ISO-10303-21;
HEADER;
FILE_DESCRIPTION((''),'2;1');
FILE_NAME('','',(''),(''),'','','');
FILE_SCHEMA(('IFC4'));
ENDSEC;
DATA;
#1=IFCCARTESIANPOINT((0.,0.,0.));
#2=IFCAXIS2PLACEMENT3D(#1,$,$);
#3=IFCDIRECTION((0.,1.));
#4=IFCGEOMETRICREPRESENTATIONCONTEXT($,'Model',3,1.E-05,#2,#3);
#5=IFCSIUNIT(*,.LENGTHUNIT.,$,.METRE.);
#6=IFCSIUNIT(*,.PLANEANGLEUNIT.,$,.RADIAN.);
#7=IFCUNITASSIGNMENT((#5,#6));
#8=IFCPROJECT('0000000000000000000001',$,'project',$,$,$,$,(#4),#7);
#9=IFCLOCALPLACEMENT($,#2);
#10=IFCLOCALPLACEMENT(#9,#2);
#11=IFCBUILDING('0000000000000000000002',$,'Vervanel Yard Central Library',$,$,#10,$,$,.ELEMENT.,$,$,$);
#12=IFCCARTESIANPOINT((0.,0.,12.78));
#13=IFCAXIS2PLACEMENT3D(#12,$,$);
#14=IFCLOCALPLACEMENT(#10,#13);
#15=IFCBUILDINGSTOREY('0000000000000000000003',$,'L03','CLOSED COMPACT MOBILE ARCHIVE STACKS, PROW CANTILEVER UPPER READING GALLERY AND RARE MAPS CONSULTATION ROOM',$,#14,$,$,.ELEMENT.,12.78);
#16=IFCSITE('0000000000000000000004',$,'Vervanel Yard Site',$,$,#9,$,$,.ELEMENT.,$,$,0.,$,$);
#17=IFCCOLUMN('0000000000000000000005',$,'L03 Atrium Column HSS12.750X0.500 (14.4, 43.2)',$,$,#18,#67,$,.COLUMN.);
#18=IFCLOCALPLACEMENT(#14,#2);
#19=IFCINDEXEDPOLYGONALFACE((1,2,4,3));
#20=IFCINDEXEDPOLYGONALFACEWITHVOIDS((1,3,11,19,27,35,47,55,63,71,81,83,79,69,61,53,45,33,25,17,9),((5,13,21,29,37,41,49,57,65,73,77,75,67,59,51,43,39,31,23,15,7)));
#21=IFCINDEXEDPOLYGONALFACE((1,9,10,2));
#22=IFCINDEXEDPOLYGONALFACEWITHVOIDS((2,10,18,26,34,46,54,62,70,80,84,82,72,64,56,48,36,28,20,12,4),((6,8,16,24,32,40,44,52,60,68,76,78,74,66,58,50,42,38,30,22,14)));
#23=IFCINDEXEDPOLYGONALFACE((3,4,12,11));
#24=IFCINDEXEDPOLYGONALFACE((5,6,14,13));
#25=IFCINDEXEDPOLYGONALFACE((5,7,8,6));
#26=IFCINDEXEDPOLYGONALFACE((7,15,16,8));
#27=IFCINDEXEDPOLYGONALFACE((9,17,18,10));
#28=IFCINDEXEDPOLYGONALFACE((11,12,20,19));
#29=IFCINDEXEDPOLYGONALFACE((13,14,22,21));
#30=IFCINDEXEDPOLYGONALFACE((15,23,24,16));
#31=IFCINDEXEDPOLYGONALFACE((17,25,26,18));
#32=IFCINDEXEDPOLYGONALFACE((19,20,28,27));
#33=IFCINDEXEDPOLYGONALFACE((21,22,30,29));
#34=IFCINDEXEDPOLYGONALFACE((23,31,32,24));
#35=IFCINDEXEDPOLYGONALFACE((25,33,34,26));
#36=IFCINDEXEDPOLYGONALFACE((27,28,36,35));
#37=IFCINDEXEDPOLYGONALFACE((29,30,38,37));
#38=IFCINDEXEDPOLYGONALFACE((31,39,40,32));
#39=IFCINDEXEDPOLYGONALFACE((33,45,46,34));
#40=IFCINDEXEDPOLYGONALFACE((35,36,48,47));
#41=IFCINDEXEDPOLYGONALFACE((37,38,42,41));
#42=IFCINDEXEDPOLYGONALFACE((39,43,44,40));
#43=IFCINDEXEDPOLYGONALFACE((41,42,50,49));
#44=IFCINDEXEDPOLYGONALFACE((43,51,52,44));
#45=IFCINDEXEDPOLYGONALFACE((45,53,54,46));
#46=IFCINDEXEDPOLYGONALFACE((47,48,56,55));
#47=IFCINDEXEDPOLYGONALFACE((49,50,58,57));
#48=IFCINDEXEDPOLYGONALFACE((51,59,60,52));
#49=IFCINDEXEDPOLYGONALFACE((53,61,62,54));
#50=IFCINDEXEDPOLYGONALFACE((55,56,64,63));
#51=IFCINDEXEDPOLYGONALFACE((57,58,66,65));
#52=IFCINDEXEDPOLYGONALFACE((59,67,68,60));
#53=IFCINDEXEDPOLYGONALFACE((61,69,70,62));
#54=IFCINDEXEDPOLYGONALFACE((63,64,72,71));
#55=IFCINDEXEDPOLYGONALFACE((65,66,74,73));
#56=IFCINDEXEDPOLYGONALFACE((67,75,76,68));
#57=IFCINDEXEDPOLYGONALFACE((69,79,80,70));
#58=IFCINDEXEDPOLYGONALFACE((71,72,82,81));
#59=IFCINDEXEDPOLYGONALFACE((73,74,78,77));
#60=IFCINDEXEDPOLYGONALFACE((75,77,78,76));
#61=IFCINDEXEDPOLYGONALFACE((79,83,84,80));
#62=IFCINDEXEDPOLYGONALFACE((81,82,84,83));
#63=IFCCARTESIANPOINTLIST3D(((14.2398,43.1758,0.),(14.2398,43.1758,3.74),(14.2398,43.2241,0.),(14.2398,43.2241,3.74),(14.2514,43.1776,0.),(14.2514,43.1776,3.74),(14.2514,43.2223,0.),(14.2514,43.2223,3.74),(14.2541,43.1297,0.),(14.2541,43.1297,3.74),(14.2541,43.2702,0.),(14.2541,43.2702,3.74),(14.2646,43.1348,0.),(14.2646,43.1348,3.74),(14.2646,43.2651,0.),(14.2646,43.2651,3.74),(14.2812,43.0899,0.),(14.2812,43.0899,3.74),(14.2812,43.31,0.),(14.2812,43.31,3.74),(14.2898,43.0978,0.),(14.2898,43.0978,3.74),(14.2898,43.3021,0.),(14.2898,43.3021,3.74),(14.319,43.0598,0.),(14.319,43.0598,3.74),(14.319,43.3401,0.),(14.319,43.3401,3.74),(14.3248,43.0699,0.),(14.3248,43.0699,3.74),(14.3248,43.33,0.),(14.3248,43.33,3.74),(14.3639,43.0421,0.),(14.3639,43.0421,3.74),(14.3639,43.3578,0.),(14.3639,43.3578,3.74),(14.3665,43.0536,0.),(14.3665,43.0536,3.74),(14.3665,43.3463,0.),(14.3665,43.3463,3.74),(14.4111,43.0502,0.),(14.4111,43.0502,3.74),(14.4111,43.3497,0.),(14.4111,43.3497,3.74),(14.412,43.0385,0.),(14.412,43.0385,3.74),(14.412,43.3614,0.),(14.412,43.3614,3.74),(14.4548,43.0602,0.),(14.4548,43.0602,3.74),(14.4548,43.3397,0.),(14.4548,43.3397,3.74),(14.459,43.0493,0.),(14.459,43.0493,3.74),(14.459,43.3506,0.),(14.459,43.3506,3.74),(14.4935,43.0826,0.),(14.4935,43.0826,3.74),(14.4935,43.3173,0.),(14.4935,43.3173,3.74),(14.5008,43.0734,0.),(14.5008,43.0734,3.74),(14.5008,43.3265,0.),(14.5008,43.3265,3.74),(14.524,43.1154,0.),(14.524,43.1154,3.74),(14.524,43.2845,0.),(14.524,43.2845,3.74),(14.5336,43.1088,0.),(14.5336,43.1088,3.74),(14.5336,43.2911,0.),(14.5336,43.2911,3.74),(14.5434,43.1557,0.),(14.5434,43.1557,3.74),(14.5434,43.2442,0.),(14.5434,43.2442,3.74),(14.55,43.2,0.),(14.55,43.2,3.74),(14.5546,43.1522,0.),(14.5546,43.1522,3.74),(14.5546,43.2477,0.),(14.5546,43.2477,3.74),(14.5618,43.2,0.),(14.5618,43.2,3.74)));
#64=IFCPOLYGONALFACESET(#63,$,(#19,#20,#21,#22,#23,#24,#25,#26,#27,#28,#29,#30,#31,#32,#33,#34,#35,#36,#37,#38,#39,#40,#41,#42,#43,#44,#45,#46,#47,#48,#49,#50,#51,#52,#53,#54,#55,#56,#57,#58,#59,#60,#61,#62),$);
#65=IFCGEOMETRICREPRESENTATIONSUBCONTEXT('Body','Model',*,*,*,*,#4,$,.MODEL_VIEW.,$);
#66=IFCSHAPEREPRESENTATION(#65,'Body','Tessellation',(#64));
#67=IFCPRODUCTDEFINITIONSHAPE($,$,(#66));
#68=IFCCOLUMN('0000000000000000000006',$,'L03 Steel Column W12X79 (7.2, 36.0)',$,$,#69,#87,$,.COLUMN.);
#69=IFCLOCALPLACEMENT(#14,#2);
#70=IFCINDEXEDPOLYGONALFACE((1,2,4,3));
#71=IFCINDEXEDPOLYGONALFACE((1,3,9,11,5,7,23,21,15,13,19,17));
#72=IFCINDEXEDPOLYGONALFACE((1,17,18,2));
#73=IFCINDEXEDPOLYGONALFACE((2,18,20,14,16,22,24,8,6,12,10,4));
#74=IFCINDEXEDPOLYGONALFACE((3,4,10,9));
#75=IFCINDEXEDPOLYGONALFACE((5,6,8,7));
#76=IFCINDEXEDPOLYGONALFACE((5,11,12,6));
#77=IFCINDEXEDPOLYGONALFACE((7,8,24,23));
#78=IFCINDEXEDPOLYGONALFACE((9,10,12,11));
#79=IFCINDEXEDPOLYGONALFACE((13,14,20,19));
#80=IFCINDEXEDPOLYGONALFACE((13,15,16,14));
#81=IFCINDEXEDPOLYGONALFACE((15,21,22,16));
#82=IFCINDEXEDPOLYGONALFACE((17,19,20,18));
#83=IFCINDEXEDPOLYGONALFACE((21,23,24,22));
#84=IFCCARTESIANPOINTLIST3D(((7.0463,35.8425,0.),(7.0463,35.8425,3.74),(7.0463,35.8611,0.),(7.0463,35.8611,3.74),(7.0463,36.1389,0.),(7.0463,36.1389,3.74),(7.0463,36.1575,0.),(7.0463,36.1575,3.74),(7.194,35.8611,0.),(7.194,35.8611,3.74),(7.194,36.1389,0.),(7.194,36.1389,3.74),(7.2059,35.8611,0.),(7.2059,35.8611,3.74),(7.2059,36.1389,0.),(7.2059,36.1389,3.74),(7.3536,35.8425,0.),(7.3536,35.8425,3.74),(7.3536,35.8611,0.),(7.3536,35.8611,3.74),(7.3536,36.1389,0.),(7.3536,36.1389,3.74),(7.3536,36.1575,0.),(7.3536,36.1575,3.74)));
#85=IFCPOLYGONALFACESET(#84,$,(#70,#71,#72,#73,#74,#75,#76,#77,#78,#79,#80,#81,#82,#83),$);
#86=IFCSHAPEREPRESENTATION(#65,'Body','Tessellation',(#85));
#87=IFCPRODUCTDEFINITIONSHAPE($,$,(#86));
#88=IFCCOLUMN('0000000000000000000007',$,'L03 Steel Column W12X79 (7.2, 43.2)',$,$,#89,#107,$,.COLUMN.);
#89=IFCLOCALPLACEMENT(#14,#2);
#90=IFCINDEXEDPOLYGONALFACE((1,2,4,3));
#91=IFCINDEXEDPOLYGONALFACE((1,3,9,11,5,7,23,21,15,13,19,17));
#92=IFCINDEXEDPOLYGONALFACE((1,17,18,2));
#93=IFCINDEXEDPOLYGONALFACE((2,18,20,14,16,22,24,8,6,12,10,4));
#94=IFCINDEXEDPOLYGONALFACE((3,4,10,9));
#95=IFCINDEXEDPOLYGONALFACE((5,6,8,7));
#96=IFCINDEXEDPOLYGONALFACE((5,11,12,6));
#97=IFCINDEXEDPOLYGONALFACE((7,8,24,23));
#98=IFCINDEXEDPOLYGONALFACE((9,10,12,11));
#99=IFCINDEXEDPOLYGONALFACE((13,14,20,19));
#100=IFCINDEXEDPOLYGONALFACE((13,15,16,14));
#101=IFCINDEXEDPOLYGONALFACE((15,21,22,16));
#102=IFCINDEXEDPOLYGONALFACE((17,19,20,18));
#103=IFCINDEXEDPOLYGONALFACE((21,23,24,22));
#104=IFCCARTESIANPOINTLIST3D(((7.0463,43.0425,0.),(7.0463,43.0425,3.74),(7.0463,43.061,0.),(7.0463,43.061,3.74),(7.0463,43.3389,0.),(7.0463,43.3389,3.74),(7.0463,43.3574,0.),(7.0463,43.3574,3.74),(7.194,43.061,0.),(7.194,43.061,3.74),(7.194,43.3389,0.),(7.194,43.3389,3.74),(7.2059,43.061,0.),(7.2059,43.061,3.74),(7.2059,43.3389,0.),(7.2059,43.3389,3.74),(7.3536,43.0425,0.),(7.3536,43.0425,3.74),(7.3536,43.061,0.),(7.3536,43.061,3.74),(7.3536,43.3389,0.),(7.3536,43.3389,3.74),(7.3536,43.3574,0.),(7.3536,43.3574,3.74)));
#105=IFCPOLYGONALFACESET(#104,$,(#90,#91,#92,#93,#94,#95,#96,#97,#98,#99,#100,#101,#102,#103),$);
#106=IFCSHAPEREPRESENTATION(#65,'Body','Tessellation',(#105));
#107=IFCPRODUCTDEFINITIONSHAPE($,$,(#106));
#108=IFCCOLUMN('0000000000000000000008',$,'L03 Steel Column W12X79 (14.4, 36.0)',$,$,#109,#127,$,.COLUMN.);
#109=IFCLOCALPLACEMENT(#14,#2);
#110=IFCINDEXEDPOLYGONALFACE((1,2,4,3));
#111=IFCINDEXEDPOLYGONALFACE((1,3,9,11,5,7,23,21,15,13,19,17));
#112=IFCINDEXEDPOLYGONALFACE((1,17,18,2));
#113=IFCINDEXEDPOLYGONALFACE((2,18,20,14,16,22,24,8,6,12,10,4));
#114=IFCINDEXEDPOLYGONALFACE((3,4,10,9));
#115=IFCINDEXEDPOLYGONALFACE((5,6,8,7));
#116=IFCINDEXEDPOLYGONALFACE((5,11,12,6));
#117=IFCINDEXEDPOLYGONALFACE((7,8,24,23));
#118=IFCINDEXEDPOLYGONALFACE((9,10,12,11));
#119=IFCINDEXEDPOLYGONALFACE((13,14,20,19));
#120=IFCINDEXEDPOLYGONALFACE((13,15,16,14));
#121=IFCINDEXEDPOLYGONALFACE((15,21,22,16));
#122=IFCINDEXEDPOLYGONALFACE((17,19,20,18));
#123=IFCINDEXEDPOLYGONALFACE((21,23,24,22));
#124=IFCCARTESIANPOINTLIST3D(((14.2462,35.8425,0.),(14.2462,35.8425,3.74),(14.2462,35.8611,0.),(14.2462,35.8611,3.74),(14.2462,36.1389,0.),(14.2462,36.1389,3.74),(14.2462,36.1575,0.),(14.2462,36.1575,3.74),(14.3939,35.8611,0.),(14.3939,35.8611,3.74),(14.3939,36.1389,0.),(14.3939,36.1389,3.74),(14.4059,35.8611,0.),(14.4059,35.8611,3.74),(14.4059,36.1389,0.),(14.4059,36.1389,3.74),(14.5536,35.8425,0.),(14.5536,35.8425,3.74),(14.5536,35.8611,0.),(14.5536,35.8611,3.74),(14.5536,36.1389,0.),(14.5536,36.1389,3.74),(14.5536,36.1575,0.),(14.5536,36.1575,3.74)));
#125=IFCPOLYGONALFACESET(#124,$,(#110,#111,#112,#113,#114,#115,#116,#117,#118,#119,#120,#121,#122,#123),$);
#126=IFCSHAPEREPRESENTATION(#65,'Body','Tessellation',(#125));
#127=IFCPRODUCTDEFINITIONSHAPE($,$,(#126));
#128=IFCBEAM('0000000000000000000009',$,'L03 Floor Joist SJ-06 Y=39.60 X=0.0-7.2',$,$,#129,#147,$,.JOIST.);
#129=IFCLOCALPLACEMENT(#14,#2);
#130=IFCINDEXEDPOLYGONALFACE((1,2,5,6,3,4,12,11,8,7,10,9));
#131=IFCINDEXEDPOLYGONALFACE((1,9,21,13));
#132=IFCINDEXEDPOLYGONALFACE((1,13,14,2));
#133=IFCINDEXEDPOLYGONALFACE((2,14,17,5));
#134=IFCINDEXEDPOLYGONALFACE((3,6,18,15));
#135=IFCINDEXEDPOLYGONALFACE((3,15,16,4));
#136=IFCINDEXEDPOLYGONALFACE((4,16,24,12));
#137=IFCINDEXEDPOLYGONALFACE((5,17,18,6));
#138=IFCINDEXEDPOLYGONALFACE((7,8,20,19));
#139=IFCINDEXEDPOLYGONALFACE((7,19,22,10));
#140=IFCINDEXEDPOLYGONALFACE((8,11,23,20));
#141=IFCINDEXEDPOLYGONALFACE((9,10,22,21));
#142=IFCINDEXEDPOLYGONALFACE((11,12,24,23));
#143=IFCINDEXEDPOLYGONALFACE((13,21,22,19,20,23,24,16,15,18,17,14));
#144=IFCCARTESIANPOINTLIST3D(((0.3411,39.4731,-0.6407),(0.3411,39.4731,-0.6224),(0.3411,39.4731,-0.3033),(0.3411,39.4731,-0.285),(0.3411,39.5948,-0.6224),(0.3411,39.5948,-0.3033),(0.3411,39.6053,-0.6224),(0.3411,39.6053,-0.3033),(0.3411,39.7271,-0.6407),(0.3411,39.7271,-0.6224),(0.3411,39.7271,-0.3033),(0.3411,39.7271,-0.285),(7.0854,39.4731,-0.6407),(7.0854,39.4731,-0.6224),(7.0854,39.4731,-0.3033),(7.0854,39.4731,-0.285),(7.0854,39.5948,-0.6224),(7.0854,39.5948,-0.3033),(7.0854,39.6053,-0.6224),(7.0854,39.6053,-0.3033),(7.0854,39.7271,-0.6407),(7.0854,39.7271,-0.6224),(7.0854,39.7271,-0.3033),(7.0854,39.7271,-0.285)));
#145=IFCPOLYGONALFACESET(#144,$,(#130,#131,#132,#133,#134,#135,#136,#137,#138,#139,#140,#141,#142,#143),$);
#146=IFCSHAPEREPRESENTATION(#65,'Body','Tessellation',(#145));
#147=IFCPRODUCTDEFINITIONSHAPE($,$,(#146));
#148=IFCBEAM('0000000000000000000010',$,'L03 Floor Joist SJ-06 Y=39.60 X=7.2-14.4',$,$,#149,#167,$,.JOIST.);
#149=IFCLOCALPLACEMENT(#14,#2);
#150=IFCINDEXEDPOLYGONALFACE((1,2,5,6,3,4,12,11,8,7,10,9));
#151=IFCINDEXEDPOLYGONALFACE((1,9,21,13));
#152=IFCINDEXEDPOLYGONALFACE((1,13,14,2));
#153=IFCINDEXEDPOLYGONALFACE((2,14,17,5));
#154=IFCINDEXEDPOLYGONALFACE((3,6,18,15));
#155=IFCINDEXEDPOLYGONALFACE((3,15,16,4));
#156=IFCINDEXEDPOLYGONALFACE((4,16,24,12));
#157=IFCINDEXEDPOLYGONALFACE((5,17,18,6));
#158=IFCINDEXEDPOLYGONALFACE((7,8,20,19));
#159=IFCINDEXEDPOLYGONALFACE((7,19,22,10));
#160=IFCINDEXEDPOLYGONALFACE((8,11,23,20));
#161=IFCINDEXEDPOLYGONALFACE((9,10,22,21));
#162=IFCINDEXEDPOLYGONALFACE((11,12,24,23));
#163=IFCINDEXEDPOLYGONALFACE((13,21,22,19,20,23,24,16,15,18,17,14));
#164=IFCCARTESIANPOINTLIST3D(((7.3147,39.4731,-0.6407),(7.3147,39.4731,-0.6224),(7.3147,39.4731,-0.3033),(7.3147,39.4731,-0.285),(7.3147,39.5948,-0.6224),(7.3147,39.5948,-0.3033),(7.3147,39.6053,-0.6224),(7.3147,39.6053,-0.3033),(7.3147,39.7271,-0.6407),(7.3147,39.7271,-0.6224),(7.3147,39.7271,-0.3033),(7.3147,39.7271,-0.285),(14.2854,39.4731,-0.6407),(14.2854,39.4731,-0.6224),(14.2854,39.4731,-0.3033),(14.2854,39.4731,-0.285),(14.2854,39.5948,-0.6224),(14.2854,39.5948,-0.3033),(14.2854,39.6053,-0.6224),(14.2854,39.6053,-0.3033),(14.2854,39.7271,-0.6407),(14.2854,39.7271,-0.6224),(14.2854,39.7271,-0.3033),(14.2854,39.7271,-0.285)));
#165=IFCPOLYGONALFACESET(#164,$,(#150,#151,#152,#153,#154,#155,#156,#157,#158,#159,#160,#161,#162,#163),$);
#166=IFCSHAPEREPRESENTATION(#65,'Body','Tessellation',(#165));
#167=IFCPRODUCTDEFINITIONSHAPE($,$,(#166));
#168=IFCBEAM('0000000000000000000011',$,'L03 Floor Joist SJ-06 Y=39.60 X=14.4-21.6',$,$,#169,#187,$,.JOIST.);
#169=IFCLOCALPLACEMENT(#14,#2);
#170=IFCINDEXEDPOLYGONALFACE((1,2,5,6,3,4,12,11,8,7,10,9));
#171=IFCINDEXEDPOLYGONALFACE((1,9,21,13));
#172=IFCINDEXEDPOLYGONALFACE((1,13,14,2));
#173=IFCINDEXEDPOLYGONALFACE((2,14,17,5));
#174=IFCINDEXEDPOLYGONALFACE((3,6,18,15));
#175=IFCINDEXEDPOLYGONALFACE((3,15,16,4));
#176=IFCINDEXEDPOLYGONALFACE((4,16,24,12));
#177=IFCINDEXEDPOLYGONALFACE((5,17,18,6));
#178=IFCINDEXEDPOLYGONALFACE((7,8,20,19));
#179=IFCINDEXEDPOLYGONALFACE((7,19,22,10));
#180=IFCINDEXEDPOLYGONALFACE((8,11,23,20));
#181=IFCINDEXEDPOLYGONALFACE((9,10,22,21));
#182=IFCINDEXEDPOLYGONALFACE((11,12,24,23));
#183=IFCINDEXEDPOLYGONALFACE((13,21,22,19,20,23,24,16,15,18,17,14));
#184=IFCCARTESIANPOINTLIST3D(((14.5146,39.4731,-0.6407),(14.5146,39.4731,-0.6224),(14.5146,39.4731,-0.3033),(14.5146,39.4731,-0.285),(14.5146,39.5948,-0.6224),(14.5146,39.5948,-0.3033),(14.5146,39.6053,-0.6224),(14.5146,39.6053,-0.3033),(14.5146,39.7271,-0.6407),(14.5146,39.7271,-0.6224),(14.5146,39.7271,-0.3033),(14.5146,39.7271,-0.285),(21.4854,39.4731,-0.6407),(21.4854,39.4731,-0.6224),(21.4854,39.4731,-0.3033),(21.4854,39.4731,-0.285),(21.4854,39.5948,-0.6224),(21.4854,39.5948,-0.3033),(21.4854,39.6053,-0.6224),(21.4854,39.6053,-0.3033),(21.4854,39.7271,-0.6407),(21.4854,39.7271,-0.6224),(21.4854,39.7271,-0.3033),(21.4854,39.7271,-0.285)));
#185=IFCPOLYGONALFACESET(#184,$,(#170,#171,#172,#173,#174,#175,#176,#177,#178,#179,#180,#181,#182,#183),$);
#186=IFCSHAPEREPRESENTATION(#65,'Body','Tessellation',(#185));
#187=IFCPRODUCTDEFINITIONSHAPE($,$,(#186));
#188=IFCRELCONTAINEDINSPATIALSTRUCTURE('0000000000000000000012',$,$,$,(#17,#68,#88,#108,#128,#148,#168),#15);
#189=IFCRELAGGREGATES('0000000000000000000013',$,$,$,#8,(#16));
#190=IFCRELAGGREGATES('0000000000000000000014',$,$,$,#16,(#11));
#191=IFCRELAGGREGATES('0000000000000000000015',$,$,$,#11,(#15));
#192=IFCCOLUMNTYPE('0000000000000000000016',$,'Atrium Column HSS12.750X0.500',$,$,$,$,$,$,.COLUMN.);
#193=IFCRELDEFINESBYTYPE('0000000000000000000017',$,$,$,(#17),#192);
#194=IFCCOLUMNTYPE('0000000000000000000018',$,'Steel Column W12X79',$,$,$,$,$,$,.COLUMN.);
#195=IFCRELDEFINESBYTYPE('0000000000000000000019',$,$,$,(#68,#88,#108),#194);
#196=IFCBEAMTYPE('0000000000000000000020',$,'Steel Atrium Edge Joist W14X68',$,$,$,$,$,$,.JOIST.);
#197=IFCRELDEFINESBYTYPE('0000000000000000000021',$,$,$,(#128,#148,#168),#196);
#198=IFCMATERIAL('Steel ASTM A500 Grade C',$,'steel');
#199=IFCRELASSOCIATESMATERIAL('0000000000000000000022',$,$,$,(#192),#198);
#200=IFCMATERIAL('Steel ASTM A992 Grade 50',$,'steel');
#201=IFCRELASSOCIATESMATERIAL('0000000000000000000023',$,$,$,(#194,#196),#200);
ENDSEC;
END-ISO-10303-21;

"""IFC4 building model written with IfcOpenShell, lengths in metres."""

from ifc_helpers import new_model, si_unit, direction, frame, origin, origin_2d, place, context, subcontext, project, spatial, hollow_circle, i_section, extrude, material, material_profile, profile_set, type_object, element, save


model = new_model("IFC4")

# Units and contexts
model_context = context("Model", 3, precision=1e-05, world=origin(), true_north=direction((0.0, 1.0)))
body_context = subcontext(model_context, "Body", "Model", "MODEL_VIEW")
ifc_project = project(units=[si_unit("LENGTHUNIT", "METRE"), si_unit("PLANEANGLEUNIT", "RADIAN")], contexts=[model_context])

# Site, building, storey
site_placement = place(None, origin())
site = spatial("IfcSite", under=ifc_project, at=site_placement, Name="Vervanel Yard Site", CompositionType="ELEMENT", RefElevation=0.0)
building_placement = place(site_placement, origin())
building = spatial("IfcBuilding", under=site, at=building_placement, Name="Vervanel Yard Central Library", CompositionType="ELEMENT")
storey_placement = place(building_placement, frame((0.0, 0.0, 12.78)))
storey = spatial("IfcBuildingStorey", under=building, at=storey_placement, Name="L03", Description="CLOSED COMPACT MOBILE ARCHIVE STACKS, PROW CANTILEVER UPPER READING GALLERY AND RARE MAPS CONSULTATION ROOM", CompositionType="ELEMENT", Elevation=12.78)

# Columns
ifc_material_1 = material(Name="Steel ASTM A500 Grade C", Category="steel")
ifc_material_profile_1 = material_profile(ifc_material_1, hollow_circle(Radius=0.1619, WallThickness=0.0117, at=origin_2d()), Name="HSS12.750X0.500", Category="steel")
ifc_profile_set_1 = profile_set([ifc_material_profile_1], Name="Steel ASTM A500 Grade C")
column_type_1 = type_object("IfcColumnType", Name="Atrium Column HSS12.750X0.500", PredefinedType="COLUMN", material=ifc_profile_set_1)
column_placement = place(storey_placement, frame((14.3999, 43.2, 0.0), z_axis=(0.0, 0.0, 1.0), x_axis=(1.0, 0.0, 0.0)))
element("IfcColumn", 1, at=column_placement, inside=storey, type_object=column_type_1, Name="L03 Atrium Column HSS12.750X0.500 (14.4, 43.2)", PredefinedType="COLUMN", context=body_context, shape_type="SweptSolid", body=[
    extrude(hollow_circle(Radius=0.1619, WallThickness=0.0117, at=origin_2d()), origin(), (0.0, 0.0, 1.0), 3.74),
])
ifc_material_2 = material(Name="Steel ASTM A992 Grade 50", Category="steel")
ifc_material_profile_2 = material_profile(ifc_material_2, i_section(OverallWidth=0.3074, OverallDepth=0.3149, WebThickness=0.012, FlangeThickness=0.0186, at=origin_2d()), Name="W12X79", Category="steel")
ifc_profile_set_2 = profile_set([ifc_material_profile_2], Name="Steel ASTM A992 Grade 50")
column_type_2 = type_object("IfcColumnType", Name="Steel Column W12X79", PredefinedType="COLUMN", material=ifc_profile_set_2)
for number, where, z_axis, x_axis, name in (
    (2, (7.2, 36.0, 0.0), (0.0, 0.0, 1.0), (1.0, 0.0, 0.0), "L03 Steel Column W12X79 (7.2, 36.0)"),
    (3, (7.2, 43.2, 0.0), (0.0, 0.0, 1.0), (1.0, 0.0, 0.0), "L03 Steel Column W12X79 (7.2, 43.2)"),
    (4, (14.3999, 36.0, 0.0), (0.0, 0.0, 1.0), (1.0, 0.0, 0.0), "L03 Steel Column W12X79 (14.4, 36.0)"),
):
    element("IfcColumn", number, at=place(storey_placement, frame(where, z_axis=z_axis, x_axis=x_axis)), inside=storey, type_object=column_type_2, Name=name, PredefinedType="COLUMN", context=body_context, shape_type="SweptSolid", body=[
        extrude(i_section(OverallWidth=0.3074, OverallDepth=0.3149, WebThickness=0.012, FlangeThickness=0.0186, at=origin_2d()), origin(), (0.0, 0.0, 1.0), 3.74),
    ])

# Beams
ifc_material_profile_3 = material_profile(ifc_material_2, i_section(OverallWidth=0.2539, OverallDepth=0.3557, WebThickness=0.0105, FlangeThickness=0.0183, at=origin_2d()), Name="W14X68", Category="steel")
ifc_profile_set_3 = profile_set([ifc_material_profile_3], Name="Steel ASTM A992 Grade 50")
beam_type_1 = type_object("IfcBeamType", Name="Steel Atrium Edge Joist W14X68", PredefinedType="JOIST", material=ifc_profile_set_3)
beam_1_placement = place(storey_placement, frame((0.3411, 39.6001, -0.4629), z_axis=(1.0, 0.0, 0.0), x_axis=(0.0, 1.0, 0.0)))
element("IfcBeam", 5, at=beam_1_placement, inside=storey, type_object=beam_type_1, Name="L03 Floor Joist SJ-06 Y=39.60 X=0.0-7.2", PredefinedType="JOIST", context=body_context, shape_type="SweptSolid", body=[
    extrude(i_section(OverallWidth=0.2539, OverallDepth=0.3557, WebThickness=0.0105, FlangeThickness=0.0183, at=origin_2d()), origin(), (0.0, 0.0, 1.0), 6.7444),
])
for number, where, z_axis, x_axis, name in (
    (6, (7.3147, 39.6001, -0.4629), (1.0, 0.0, 0.0), (0.0, 1.0, 0.0), "L03 Floor Joist SJ-06 Y=39.60 X=7.2-14.4"),
    (7, (14.5146, 39.6001, -0.4629), (1.0, 0.0, 0.0), (0.0, 1.0, 0.0), "L03 Floor Joist SJ-06 Y=39.60 X=14.4-21.6"),
):
    element("IfcBeam", number, at=place(storey_placement, frame(where, z_axis=z_axis, x_axis=x_axis)), inside=storey, type_object=beam_type_1, Name=name, PredefinedType="JOIST", context=body_context, shape_type="SweptSolid", body=[
        extrude(i_section(OverallWidth=0.2539, OverallDepth=0.3557, WebThickness=0.0105, FlangeThickness=0.0183, at=origin_2d()), origin(), (0.0, 0.0, 1.0), 6.9707),
    ])

save(model, "model.ifc")
